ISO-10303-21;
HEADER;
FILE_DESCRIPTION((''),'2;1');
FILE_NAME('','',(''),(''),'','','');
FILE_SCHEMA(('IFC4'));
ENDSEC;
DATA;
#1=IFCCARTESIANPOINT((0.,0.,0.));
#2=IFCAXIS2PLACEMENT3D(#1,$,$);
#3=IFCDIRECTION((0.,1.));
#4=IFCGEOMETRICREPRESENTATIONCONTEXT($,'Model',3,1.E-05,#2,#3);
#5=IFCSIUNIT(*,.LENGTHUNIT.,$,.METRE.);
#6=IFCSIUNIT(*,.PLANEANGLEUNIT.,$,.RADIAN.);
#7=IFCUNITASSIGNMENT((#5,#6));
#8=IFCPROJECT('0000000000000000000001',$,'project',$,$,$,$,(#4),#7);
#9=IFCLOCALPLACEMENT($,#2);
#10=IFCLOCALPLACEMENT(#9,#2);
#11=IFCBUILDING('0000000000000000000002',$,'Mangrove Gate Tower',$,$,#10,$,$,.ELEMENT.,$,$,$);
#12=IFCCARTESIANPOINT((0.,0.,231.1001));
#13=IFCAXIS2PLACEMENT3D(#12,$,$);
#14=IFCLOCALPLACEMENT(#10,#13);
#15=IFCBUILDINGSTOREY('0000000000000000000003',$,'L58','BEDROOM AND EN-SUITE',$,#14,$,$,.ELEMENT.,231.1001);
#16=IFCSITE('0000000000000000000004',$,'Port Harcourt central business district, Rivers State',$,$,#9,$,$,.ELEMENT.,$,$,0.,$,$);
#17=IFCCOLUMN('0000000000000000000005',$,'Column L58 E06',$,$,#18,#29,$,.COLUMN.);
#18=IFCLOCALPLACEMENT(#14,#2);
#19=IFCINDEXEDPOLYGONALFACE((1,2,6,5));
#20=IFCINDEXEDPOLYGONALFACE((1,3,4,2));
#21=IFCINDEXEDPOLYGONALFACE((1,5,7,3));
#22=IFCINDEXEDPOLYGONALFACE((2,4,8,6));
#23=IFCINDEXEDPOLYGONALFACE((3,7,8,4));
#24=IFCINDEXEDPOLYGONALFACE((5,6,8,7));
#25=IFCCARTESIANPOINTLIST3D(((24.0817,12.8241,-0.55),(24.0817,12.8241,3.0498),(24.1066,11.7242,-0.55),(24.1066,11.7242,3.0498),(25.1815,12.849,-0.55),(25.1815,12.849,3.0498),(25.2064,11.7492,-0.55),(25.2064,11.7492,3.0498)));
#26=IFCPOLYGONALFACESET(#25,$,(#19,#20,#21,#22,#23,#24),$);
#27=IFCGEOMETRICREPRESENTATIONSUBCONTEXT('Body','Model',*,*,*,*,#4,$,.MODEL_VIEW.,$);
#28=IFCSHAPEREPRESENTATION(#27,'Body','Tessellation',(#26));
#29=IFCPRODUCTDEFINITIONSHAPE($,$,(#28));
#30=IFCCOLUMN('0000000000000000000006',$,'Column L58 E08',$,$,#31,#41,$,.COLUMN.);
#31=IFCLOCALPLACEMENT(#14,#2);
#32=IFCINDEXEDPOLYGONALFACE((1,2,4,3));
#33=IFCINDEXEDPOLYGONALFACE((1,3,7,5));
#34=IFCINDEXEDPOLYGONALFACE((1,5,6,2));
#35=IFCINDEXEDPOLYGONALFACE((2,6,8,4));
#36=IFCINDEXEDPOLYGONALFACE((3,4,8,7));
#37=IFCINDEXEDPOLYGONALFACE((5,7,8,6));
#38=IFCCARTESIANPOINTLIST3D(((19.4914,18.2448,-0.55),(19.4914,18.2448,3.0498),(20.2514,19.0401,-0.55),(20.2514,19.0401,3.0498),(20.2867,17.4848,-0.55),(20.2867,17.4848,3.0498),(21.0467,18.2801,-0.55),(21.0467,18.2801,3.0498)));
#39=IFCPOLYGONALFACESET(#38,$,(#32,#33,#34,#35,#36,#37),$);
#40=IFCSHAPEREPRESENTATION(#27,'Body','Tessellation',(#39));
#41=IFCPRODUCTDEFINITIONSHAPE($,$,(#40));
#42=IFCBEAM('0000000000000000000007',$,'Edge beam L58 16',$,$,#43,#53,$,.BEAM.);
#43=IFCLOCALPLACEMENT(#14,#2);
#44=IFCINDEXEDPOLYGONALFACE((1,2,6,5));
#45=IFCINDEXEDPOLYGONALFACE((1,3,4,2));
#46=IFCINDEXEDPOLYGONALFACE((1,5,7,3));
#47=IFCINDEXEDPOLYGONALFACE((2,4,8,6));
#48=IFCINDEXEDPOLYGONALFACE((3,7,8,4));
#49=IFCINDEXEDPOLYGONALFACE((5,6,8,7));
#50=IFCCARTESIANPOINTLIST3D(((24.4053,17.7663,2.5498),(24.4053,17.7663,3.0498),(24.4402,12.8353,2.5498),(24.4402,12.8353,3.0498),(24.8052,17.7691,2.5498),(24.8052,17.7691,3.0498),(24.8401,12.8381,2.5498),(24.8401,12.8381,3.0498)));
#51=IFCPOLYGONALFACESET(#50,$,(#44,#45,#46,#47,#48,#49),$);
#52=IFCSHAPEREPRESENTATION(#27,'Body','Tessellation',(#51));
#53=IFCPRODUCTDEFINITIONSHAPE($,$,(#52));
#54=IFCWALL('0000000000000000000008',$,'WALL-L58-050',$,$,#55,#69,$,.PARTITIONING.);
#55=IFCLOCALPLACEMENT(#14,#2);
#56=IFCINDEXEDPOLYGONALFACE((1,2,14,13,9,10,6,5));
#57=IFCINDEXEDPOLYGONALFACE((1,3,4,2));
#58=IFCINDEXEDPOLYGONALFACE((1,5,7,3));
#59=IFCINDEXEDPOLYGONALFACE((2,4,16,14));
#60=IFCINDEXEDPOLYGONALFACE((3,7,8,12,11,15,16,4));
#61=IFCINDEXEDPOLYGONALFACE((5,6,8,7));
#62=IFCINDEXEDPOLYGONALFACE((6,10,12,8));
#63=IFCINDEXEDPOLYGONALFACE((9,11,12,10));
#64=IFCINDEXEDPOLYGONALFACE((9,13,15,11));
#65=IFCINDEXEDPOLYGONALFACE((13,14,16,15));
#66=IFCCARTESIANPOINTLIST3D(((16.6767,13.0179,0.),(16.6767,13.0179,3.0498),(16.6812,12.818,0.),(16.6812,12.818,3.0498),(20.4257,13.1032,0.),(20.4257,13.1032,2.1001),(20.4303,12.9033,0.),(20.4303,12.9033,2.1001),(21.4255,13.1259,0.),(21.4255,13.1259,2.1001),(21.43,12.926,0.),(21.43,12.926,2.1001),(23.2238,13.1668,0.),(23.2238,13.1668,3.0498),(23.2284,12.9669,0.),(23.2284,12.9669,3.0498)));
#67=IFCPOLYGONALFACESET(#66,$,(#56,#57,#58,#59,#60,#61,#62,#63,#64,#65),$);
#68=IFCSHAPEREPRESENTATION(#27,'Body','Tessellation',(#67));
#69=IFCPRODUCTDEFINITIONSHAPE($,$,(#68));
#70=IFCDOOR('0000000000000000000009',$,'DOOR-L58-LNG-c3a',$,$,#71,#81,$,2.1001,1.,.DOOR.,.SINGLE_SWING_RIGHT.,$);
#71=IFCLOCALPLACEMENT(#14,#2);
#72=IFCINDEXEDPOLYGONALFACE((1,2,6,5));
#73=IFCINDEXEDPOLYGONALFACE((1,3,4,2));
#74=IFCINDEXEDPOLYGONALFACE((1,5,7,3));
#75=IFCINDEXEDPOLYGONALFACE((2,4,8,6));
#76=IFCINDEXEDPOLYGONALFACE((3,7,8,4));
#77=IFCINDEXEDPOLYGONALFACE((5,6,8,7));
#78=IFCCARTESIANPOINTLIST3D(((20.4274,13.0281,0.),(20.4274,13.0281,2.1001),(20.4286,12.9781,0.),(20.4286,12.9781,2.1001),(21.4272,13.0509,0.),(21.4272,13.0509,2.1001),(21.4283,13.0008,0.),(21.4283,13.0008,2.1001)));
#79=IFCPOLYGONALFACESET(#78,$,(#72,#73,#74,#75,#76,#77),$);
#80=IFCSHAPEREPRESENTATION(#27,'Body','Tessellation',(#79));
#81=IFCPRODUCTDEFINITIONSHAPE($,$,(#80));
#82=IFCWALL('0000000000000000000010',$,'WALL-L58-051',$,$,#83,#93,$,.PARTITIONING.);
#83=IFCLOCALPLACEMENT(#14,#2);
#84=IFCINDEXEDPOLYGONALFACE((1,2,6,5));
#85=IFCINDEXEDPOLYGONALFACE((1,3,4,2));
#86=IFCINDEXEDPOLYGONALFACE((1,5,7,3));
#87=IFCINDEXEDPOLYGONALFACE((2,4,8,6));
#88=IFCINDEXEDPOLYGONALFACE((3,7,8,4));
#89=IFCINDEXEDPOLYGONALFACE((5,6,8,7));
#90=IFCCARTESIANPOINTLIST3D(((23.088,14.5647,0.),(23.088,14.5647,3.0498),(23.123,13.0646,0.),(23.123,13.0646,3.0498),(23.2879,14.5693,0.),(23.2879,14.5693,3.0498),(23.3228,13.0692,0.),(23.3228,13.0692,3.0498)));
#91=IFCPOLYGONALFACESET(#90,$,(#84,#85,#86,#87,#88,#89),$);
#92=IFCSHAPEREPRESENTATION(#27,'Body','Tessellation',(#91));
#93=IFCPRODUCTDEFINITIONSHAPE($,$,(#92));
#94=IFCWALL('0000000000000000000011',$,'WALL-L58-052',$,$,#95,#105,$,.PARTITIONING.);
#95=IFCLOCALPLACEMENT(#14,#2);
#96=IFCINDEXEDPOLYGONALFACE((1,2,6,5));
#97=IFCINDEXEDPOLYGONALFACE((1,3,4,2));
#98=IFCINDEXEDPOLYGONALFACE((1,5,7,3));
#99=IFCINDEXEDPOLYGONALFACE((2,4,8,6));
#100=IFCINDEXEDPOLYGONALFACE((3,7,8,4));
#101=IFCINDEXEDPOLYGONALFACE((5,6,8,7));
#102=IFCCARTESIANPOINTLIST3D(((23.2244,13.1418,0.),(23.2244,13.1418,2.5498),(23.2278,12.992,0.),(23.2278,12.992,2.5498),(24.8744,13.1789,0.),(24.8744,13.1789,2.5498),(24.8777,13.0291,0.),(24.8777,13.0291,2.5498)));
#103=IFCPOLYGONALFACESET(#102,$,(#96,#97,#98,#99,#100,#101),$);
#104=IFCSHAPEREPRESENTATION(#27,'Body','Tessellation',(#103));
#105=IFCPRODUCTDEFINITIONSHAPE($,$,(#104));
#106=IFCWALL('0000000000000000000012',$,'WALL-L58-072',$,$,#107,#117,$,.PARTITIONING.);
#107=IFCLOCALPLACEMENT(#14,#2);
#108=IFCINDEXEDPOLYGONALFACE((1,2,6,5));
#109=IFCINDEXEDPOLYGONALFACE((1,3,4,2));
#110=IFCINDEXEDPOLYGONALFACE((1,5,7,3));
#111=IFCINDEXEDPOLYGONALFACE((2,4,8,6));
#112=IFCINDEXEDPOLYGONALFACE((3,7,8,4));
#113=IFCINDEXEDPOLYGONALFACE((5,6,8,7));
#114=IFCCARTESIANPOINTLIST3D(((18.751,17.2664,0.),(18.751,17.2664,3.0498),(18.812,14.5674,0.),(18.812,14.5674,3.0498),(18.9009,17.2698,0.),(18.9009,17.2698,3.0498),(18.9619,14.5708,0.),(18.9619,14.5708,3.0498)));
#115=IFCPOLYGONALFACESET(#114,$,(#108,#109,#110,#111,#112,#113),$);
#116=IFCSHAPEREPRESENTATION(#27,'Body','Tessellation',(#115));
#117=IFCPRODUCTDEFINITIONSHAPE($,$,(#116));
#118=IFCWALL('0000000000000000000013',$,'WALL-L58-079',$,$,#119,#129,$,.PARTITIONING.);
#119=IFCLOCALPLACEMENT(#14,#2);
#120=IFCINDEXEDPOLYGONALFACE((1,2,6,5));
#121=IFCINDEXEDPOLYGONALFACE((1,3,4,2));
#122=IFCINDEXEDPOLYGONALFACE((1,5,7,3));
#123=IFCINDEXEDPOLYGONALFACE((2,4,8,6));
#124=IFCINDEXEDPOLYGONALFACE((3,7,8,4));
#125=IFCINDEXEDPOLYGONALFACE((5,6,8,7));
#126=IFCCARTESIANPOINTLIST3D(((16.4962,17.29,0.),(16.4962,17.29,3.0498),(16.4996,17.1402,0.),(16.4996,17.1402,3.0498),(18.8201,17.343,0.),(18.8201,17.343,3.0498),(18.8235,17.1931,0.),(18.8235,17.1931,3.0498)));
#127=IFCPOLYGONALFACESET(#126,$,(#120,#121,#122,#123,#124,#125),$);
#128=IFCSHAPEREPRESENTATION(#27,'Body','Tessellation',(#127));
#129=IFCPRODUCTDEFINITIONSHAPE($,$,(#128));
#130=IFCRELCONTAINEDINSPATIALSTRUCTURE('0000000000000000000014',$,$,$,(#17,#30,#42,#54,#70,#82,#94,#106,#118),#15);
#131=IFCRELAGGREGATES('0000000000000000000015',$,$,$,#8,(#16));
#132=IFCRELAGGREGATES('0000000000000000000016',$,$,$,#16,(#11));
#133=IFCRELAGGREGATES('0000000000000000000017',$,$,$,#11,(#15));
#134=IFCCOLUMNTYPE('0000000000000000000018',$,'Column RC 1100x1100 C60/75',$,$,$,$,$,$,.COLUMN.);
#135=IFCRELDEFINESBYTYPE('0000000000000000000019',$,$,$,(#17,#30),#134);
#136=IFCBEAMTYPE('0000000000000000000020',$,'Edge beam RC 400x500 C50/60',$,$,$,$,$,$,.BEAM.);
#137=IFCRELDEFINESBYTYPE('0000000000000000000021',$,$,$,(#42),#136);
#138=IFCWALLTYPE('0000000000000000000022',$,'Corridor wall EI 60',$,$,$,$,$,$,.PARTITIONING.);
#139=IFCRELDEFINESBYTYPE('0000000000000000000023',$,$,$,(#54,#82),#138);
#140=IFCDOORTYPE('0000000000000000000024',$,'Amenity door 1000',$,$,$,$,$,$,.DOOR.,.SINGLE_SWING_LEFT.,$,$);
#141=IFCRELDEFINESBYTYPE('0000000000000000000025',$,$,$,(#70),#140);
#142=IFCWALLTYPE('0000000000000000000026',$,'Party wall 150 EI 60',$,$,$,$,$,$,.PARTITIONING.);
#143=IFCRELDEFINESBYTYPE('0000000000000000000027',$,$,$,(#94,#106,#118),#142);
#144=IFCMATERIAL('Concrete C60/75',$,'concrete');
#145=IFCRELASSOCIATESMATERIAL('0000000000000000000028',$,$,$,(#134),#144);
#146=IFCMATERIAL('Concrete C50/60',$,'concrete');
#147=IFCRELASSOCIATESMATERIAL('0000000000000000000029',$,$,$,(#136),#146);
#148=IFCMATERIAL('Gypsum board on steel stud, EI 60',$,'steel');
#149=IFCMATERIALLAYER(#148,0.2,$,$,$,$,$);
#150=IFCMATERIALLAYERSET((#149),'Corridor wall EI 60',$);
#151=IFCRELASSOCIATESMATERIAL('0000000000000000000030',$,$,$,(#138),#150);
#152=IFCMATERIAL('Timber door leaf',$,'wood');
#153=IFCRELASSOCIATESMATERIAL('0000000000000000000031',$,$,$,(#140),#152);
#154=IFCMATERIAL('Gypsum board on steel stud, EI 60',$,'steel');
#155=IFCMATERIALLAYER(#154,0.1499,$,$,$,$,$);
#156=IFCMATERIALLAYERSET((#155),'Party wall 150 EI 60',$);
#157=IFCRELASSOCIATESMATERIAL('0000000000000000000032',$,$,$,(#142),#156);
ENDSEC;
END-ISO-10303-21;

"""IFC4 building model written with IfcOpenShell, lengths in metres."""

from ifc_helpers import new_model, si_unit, direction, frame, frame_2d, origin, origin_2d, place, context, subcontext, project, spatial, rectangle, extrude, material, layer, layer_set, material_profile, profile_set, type_object, element, fill, save


model = new_model("IFC4")

# Units and contexts
model_context = context("Model", 3, precision=1e-05, world=origin(), true_north=direction((0.0, 1.0)))
body_context = subcontext(model_context, "Body", "Model", "MODEL_VIEW")
ifc_project = project(units=[si_unit("LENGTHUNIT", "METRE"), si_unit("PLANEANGLEUNIT", "RADIAN")], contexts=[model_context])

# Site, building, storey
site_placement = place(None, origin())
site = spatial("IfcSite", under=ifc_project, at=site_placement, Name="Port Harcourt central business district, Rivers State", CompositionType="ELEMENT", RefElevation=0.0)
building_placement = place(site_placement, origin())
building = spatial("IfcBuilding", under=site, at=building_placement, Name="Mangrove Gate Tower", CompositionType="ELEMENT")
storey_placement = place(building_placement, frame((0.0, 0.0, 231.1001)))
storey = spatial("IfcBuildingStorey", under=building, at=storey_placement, Name="L58", Description="BEDROOM AND EN-SUITE", CompositionType="ELEMENT", Elevation=231.1001)

# Columns
ifc_material_1 = material(Name="Concrete C60/75", Category="concrete")
ifc_material_profile_1 = material_profile(ifc_material_1, rectangle(XDim=1.1001, YDim=1.1001, at=origin_2d()))
ifc_profile_set_1 = profile_set([ifc_material_profile_1], Name="Concrete C60/75")
column_type = type_object("IfcColumnType", Name="Column RC 1100x1100 C60/75", PredefinedType="COLUMN", material=ifc_profile_set_1)
for number, where, z_axis, x_axis, name in (
    (1, (24.644, 12.2866, -0.55), (0.0, 0.0, 1.0), (-0.022669, 0.999743, 0.0), "Column L58 E06"),
    (2, (20.269, 18.2625, -0.55), (0.0, 0.0, 1.0), (-0.722994, 0.690854, 0.0), "Column L58 E08"),
):
    element("IfcColumn", number, at=place(storey_placement, frame(where, z_axis=z_axis, x_axis=x_axis)), inside=storey, type_object=column_type, Name=name, PredefinedType="COLUMN", context=body_context, shape_type="SweptSolid", body=[
        extrude(rectangle(XDim=1.1001, YDim=1.1001, at=origin_2d()), origin(), (0.0, 0.0, 1.0), 3.5999),
    ])

# Beam
ifc_material_2 = material(Name="Concrete C50/60", Category="concrete")
ifc_material_profile_2 = material_profile(ifc_material_2, rectangle(XDim=0.3999, YDim=0.5, at=origin_2d()))
ifc_profile_set_2 = profile_set([ifc_material_profile_2], Name="Concrete C50/60")
beam_type = type_object("IfcBeamType", Name="Edge beam RC 400x500 C50/60", PredefinedType="BEAM", material=ifc_profile_set_2)
beam_placement = place(storey_placement, frame((24.6401, 12.8367, 2.7998), z_axis=(-0.00708, 0.999975, 0.0), x_axis=(-0.999975, -0.00708, 0.0)))
element("IfcBeam", 3, at=beam_placement, inside=storey, type_object=beam_type, Name="Edge beam L58 16", PredefinedType="BEAM", context=body_context, shape_type="SweptSolid", body=[
    extrude(rectangle(XDim=0.3999, YDim=0.5, at=origin_2d()), origin(), (0.0, 0.0, 1.0), 4.9312),
])

# Wall, opening, door
ifc_material_3 = material(Name="Gypsum board on steel stud, EI 60", Category="steel")
ifc_layer_1 = layer(ifc_material_3, 0.2)
ifc_layer_set_1 = layer_set([ifc_layer_1], Name="Corridor wall EI 60")
wall_type_1 = type_object("IfcWallType", Name="Corridor wall EI 60", PredefinedType="PARTITIONING", material=ifc_layer_set_1)
wall_1_placement = place(storey_placement, frame((16.679, 12.918, 0.0), z_axis=(0.0, 0.0, 1.0), x_axis=(0.999741, 0.022741, 0.0)))
wall_1 = element("IfcWall", 4, at=wall_1_placement, inside=storey, type_object=wall_type_1, Name="WALL-L58-050", PredefinedType="PARTITIONING", context=body_context, shape_type="SweptSolid", body=[
    extrude(rectangle(XDim=6.5488, YDim=0.2, at=frame_2d((3.2744, 0.0))), origin(), (0.0, 0.0, 1.0), 3.0498),
])
opening_placement = place(wall_1_placement, frame((3.75, 0.0, 0.0)))
opening = element("IfcOpeningElement", 5, at=opening_placement, cuts=wall_1, PredefinedType="OPENING", context=body_context, shape_type="SweptSolid", body=[
    extrude(rectangle(XDim=1.0, YDim=2.1001, at=frame_2d((0.5, 1.05))), frame((0.0, 0.1099, 0.0), z_axis=(0.0, -1.0, 0.0), x_axis=(1.0, 0.0, 0.0)), (0.0, 0.0, 1.0), 0.22),
])
ifc_material_4 = material(Name="Timber door leaf", Category="wood")
door_type = type_object("IfcDoorType", Name="Amenity door 1000", OperationType="SINGLE_SWING_LEFT", PredefinedType="DOOR", material=ifc_material_4)
door_placement = place(opening_placement, origin())
door = element("IfcDoor", 6, at=door_placement, inside=storey, type_object=door_type, Name="DOOR-L58-LNG-c3a", OperationType="SINGLE_SWING_RIGHT", OverallHeight=2.1001, OverallWidth=1.0, PredefinedType="DOOR", context=body_context, shape_type="SweptSolid", body=[
    extrude(rectangle(XDim=1.0, YDim=2.1001, at=frame_2d((0.5, 1.05))), frame((0.0, 0.0249, 0.0), z_axis=(0.0, -1.0, 0.0), x_axis=(1.0, 0.0, 0.0)), (0.0, 0.0, 1.0), 0.05),
])
fill(opening, door)

# Walls
wall_2_placement = place(storey_placement, frame((23.2229, 13.0669, 0.0), z_axis=(0.0, 0.0, 1.0), x_axis=(-0.023268, 0.999729, 0.0)))
element("IfcWall", 7, at=wall_2_placement, inside=storey, type_object=wall_type_1, Name="WALL-L58-051", PredefinedType="PARTITIONING", context=body_context, shape_type="SweptSolid", body=[
    extrude(rectangle(XDim=1.5005, YDim=0.2, at=frame_2d((0.7502, 0.0))), origin(), (0.0, 0.0, 1.0), 3.0498),
])
ifc_material_5 = material(Name="Gypsum board on steel stud, EI 60", Category="steel")
ifc_layer_2 = layer(ifc_material_5, 0.1499)
ifc_layer_set_2 = layer_set([ifc_layer_2], Name="Party wall 150 EI 60")
wall_type_2 = type_object("IfcWallType", Name="Party wall 150 EI 60", PredefinedType="PARTITIONING", material=ifc_layer_set_2)
wall_3_placement = place(storey_placement, frame((23.2261, 13.0669, 0.0), z_axis=(0.0, 0.0, 1.0), x_axis=(0.999747, 0.022486, 0.0)))
element("IfcWall", 8, at=wall_3_placement, inside=storey, type_object=wall_type_2, Name="WALL-L58-052", PredefinedType="PARTITIONING", context=body_context, shape_type="SweptSolid", body=[
    extrude(rectangle(XDim=1.6504, YDim=0.1499, at=frame_2d((0.8252, 0.0))), origin(), (0.0, 0.0, 1.0), 2.5498),
])
wall_4_placement = place(storey_placement, frame((18.887, 14.5691, 0.0), z_axis=(0.0, 0.0, 1.0), x_axis=(-0.022608, 0.999744, 0.0)))
element("IfcWall", 9, at=wall_4_placement, inside=storey, type_object=wall_type_2, Name="WALL-L58-072", PredefinedType="PARTITIONING", context=body_context, shape_type="SweptSolid", body=[
    extrude(rectangle(XDim=2.6997, YDim=0.1499, at=frame_2d((1.3499, 0.0))), origin(), (0.0, 0.0, 1.0), 3.0498),
])
wall_5_placement = place(storey_placement, frame((16.498, 17.2151, 0.0), z_axis=(0.0, 0.0, 1.0), x_axis=(0.99974, 0.022791, 0.0)))
element("IfcWall", 10, at=wall_5_placement, inside=storey, type_object=wall_type_2, Name="WALL-L58-079", PredefinedType="PARTITIONING", context=body_context, shape_type="SweptSolid", body=[
    extrude(rectangle(XDim=2.3245, YDim=0.1499, at=frame_2d((1.1621, 0.0))), origin(), (0.0, 0.0, 1.0), 3.0498),
])

save(model, "model.ifc")
